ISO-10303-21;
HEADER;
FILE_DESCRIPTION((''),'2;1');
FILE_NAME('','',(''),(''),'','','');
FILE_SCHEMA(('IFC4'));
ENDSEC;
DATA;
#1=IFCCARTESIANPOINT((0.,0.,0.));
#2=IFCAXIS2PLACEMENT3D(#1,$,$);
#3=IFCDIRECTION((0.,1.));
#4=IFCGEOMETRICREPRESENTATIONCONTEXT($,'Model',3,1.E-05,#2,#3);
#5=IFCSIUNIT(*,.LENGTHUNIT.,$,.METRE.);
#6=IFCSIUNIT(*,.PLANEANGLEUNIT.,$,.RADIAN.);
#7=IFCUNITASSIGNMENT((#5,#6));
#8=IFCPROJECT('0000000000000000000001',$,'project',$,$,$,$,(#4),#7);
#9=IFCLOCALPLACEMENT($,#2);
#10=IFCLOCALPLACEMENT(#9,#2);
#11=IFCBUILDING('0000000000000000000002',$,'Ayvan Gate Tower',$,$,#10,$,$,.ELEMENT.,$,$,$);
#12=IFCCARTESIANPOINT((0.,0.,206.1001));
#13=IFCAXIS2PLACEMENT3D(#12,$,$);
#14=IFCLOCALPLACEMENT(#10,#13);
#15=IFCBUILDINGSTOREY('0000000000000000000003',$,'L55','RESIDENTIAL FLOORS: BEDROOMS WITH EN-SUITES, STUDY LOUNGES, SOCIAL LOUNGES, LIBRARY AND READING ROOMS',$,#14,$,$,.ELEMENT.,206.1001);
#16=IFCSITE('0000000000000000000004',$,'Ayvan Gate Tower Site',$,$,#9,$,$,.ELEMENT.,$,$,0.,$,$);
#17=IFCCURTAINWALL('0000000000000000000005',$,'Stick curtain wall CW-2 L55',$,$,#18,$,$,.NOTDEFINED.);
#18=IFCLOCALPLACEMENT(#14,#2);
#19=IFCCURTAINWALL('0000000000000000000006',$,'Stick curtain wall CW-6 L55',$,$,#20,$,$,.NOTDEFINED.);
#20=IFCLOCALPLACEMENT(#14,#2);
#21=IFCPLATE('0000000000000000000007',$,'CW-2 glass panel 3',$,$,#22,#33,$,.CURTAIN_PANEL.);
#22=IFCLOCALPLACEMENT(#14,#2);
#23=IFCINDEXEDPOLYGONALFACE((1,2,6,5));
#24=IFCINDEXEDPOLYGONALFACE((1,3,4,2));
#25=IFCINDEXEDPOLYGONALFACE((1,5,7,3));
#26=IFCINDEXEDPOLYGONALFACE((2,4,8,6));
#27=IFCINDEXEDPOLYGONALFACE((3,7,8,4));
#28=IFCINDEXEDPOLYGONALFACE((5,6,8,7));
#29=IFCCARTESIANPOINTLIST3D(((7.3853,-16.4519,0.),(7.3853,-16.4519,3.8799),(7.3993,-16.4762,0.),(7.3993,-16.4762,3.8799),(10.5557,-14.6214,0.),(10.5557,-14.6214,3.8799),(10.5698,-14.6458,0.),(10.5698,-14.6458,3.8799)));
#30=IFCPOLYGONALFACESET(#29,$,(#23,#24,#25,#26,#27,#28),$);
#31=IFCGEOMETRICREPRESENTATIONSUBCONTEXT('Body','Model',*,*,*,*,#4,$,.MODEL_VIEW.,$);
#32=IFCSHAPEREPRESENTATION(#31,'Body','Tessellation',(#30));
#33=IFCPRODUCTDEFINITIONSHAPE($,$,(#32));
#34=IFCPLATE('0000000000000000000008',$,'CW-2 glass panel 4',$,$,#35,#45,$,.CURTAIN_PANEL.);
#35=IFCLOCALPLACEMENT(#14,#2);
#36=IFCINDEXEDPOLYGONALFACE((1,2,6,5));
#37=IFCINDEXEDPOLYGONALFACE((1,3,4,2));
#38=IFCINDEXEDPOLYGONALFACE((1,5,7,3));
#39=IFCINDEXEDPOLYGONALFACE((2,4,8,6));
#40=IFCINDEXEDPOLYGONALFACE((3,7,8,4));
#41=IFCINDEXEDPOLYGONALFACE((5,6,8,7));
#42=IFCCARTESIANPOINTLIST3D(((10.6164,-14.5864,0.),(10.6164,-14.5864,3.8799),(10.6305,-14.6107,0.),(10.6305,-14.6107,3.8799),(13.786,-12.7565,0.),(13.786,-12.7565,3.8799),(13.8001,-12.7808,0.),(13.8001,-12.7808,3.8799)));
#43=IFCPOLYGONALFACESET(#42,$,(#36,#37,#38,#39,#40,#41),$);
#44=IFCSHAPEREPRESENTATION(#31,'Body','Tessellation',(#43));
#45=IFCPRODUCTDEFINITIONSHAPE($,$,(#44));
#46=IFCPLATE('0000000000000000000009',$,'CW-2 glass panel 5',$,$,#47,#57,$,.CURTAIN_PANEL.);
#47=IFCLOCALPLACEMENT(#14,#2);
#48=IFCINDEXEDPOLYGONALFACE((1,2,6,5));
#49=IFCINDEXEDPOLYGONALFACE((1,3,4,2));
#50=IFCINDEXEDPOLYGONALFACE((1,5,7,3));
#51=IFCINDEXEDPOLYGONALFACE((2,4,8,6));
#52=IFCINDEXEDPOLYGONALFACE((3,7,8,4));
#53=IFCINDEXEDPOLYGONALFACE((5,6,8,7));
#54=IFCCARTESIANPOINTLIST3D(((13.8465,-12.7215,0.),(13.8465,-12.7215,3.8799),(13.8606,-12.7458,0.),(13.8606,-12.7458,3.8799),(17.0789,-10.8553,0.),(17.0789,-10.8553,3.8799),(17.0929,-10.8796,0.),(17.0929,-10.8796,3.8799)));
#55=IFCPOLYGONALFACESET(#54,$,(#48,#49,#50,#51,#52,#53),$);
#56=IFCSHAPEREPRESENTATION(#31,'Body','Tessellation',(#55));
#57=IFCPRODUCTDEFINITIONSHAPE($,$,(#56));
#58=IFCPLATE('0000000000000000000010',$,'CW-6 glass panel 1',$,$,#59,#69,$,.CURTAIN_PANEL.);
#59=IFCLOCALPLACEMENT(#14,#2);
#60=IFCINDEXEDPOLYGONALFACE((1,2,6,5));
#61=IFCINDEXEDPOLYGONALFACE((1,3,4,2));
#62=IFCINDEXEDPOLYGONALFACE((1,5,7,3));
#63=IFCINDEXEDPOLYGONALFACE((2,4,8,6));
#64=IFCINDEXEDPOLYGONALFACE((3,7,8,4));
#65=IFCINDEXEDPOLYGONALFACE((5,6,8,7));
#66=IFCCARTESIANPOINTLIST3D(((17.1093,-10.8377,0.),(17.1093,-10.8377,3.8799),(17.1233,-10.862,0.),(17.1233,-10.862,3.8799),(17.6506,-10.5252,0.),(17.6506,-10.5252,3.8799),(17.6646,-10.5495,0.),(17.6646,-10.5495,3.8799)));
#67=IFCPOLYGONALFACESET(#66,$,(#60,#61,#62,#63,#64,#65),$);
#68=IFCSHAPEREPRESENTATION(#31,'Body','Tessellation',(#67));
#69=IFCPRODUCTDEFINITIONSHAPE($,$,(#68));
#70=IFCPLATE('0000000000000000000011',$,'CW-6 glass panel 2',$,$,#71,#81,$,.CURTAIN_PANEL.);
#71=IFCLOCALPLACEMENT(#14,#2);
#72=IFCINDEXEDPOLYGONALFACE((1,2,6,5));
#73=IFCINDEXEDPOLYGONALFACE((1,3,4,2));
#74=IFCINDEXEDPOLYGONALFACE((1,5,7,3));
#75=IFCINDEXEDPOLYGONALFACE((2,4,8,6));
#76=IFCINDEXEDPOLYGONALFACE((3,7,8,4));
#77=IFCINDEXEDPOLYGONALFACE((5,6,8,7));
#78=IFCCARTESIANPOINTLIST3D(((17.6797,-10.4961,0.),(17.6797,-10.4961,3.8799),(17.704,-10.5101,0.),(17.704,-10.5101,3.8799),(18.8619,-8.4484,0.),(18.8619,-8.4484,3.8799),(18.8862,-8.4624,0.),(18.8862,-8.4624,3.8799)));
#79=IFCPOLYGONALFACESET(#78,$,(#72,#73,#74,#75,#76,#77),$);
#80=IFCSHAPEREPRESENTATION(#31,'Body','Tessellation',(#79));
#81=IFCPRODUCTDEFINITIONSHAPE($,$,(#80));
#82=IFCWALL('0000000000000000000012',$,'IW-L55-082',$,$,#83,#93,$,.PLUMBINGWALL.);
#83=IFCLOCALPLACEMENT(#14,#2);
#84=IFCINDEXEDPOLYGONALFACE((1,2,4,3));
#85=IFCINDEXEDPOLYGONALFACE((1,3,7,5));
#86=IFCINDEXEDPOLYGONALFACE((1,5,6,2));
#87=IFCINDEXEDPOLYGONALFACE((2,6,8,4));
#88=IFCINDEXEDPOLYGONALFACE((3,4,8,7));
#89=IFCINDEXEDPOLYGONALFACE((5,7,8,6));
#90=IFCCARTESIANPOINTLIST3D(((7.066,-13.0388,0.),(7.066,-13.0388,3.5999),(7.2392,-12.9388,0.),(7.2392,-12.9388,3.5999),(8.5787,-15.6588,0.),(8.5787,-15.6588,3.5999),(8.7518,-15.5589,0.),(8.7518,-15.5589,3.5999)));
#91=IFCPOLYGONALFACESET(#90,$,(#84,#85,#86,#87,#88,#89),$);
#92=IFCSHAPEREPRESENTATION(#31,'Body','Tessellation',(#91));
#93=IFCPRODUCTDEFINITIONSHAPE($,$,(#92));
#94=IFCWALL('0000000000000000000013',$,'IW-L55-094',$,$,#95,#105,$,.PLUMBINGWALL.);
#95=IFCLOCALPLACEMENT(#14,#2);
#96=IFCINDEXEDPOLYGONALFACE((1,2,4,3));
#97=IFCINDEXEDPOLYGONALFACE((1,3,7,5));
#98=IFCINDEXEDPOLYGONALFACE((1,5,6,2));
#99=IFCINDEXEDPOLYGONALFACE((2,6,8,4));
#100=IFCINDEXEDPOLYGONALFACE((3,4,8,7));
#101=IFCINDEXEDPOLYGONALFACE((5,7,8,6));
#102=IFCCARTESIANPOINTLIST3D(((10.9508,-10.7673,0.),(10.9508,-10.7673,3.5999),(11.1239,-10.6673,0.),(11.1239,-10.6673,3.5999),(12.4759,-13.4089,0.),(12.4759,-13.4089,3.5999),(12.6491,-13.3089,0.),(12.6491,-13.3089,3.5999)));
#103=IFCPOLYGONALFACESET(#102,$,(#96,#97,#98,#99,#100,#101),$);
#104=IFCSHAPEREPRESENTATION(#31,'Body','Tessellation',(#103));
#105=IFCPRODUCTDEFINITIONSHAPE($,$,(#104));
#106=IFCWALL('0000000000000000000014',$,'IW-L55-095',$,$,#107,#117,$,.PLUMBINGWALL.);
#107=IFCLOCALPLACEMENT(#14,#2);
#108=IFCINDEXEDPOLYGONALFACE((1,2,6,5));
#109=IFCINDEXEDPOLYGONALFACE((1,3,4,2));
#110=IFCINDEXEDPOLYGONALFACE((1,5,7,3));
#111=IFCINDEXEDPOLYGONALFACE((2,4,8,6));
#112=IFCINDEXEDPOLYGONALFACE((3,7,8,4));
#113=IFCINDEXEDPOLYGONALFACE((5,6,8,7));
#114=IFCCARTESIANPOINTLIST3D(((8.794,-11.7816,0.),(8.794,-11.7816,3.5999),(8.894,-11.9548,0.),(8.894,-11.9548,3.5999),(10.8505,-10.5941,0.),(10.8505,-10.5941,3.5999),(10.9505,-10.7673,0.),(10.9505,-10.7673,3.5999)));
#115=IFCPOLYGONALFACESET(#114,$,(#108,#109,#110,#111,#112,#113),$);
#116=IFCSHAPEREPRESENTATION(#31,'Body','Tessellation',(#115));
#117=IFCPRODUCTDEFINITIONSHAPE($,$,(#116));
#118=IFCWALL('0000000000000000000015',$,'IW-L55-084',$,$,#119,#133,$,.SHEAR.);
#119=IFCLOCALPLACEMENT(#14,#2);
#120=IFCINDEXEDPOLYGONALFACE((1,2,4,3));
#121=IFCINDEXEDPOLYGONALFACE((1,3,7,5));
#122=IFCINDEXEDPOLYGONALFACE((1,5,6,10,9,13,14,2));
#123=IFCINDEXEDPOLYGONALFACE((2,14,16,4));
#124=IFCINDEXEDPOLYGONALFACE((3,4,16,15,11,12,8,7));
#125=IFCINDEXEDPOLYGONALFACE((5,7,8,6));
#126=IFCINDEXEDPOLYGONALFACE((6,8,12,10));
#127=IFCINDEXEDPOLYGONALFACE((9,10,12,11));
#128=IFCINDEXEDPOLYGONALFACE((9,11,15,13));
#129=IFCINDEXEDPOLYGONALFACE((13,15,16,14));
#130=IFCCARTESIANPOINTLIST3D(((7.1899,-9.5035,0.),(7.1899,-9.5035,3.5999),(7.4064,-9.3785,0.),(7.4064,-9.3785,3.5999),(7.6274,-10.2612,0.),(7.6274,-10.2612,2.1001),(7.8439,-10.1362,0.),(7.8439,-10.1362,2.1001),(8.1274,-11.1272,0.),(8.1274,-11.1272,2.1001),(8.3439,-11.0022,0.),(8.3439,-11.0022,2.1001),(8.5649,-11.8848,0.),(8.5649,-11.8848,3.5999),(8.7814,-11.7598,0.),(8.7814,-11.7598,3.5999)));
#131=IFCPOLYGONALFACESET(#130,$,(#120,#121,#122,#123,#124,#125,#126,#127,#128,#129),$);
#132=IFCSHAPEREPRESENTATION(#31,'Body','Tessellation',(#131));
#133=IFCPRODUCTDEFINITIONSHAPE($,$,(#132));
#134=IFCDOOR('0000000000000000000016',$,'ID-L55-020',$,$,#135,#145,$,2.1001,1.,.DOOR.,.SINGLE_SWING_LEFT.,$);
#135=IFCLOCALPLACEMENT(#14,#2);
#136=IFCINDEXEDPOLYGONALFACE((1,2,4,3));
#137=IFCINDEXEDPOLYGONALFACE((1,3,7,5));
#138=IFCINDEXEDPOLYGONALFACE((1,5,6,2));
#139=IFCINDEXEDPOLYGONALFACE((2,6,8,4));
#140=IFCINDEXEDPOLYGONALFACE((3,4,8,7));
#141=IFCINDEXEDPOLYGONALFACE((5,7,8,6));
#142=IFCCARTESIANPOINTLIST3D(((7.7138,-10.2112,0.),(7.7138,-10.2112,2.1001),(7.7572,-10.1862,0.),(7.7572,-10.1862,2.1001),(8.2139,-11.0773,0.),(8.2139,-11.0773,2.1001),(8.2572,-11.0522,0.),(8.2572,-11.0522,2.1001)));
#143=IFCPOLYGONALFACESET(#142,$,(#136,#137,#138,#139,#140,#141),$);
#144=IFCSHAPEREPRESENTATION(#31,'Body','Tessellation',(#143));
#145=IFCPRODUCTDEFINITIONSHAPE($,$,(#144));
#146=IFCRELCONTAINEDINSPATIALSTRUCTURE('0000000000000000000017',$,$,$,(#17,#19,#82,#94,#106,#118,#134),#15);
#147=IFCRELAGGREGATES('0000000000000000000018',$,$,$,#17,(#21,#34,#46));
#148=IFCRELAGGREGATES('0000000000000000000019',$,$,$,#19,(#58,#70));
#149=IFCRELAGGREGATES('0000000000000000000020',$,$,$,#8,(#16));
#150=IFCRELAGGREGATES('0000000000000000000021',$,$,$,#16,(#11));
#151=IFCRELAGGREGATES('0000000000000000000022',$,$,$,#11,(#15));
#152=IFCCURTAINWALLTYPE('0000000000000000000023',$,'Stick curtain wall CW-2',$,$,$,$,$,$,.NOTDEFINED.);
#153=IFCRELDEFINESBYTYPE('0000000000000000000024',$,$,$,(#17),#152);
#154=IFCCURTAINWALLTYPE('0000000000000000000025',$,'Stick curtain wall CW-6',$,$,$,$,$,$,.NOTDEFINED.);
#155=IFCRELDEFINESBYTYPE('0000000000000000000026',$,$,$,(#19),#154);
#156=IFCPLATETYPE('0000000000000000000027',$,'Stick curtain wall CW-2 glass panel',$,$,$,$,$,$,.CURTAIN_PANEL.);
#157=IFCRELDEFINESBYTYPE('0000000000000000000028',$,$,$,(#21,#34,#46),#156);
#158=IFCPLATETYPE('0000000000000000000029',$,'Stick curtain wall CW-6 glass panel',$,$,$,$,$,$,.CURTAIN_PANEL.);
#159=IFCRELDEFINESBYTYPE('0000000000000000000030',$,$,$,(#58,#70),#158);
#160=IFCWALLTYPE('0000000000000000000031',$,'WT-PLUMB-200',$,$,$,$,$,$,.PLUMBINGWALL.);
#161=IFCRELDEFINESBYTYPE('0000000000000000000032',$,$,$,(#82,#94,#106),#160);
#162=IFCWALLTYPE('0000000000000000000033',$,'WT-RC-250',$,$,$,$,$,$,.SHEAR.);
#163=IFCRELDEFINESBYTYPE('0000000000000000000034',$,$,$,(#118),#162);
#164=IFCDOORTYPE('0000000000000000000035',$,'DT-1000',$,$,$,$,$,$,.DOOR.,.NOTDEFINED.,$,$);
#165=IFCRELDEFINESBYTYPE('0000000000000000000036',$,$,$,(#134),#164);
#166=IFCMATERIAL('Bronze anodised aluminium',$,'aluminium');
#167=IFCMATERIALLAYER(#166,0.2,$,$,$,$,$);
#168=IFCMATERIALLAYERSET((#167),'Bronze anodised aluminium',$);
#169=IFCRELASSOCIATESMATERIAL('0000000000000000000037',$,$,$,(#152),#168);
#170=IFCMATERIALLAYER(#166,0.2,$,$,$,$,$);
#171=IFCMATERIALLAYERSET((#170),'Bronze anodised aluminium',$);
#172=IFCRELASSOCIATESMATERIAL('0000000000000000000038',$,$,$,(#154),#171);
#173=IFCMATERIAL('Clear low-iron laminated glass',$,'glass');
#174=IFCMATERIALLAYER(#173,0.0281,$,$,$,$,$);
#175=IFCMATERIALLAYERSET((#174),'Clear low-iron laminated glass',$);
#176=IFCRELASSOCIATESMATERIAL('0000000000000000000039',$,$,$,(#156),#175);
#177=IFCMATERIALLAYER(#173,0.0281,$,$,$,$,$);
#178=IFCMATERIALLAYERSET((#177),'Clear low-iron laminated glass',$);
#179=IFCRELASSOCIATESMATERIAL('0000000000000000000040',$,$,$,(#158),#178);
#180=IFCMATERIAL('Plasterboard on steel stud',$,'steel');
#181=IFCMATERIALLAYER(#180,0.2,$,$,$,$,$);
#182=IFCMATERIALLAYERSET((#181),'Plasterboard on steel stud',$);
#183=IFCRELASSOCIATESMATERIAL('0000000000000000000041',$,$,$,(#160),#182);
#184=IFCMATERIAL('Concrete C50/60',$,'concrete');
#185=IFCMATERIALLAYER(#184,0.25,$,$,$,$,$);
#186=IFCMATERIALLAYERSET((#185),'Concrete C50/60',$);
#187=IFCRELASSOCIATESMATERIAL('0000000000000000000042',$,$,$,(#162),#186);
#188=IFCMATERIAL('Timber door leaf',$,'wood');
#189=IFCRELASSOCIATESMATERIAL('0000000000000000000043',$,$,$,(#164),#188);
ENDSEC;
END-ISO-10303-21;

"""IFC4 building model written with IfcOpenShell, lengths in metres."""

from ifc_helpers import new_model, si_unit, direction, frame, frame_2d, origin, origin_2d, place, context, subcontext, project, spatial, rectangle, extrude, material, layer, layer_set, type_object, element, fill, aggregate, save


model = new_model("IFC4")

# Units and contexts
model_context = context("Model", 3, precision=1e-05, world=origin(), true_north=direction((0.0, 1.0)))
body_context = subcontext(model_context, "Body", "Model", "MODEL_VIEW")
ifc_project = project(units=[si_unit("LENGTHUNIT", "METRE"), si_unit("PLANEANGLEUNIT", "RADIAN")], contexts=[model_context])

# Site, building, storey
site_placement = place(None, origin())
site = spatial("IfcSite", under=ifc_project, at=site_placement, Name="Ayvan Gate Tower Site", CompositionType="ELEMENT", RefElevation=0.0)
building_placement = place(site_placement, origin())
building = spatial("IfcBuilding", under=site, at=building_placement, Name="Ayvan Gate Tower", CompositionType="ELEMENT")
storey_placement = place(building_placement, frame((0.0, 0.0, 206.1001)))
storey = spatial("IfcBuildingStorey", under=building, at=storey_placement, Name="L55", Description="RESIDENTIAL FLOORS: BEDROOMS WITH EN-SUITES, STUDY LOUNGES, SOCIAL LOUNGES, LIBRARY AND READING ROOMS", CompositionType="ELEMENT", Elevation=206.1001)

# Curtain walls
ifc_material_1 = material(Name="Bronze anodised aluminium", Category="aluminium")
ifc_layer_1 = layer(ifc_material_1, 0.2)
ifc_layer_set_1 = layer_set([ifc_layer_1], Name="Bronze anodised aluminium")
curtain_wall_type_1 = type_object("IfcCurtainWallType", Name="Stick curtain wall CW-2", PredefinedType="NOTDEFINED", material=ifc_layer_set_1)
curtain_wall_1_placement = place(storey_placement, origin())
curtain_wall_1 = element("IfcCurtainWall", 1, at=curtain_wall_1_placement, inside=storey, type_object=curtain_wall_type_1, Name="Stick curtain wall CW-2 L55", PredefinedType="NOTDEFINED")
ifc_layer_2 = layer(ifc_material_1, 0.2)
ifc_layer_set_2 = layer_set([ifc_layer_2], Name="Bronze anodised aluminium")
curtain_wall_type_2 = type_object("IfcCurtainWallType", Name="Stick curtain wall CW-6", PredefinedType="NOTDEFINED", material=ifc_layer_set_2)
curtain_wall_2_placement = place(storey_placement, origin())
curtain_wall_2 = element("IfcCurtainWall", 2, at=curtain_wall_2_placement, inside=storey, type_object=curtain_wall_type_2, Name="Stick curtain wall CW-6 L55", PredefinedType="NOTDEFINED")

# Plates
ifc_material_2 = material(Name="Clear low-iron laminated glass", Category="glass")
ifc_layer_3 = layer(ifc_material_2, 0.0281)
ifc_layer_set_3 = layer_set([ifc_layer_3], Name="Clear low-iron laminated glass")
plate_type_1 = type_object("IfcPlateType", Name="Stick curtain wall CW-2 glass panel", PredefinedType="CURTAIN_PANEL", material=ifc_layer_set_3)
plate_1_placement = place(storey_placement, frame((8.9775, -15.5488, 0.0), z_axis=(0.0, 0.0, 1.0), x_axis=(0.866025, 0.5, 0.0)))
plate_1 = element("IfcPlate", 3, at=plate_1_placement, type_object=plate_type_1, Name="CW-2 glass panel 3", PredefinedType="CURTAIN_PANEL", context=body_context, shape_type="SweptSolid", body=[
    extrude(rectangle(XDim=3.6609, YDim=0.0281, at=origin_2d()), origin(), (0.0, 0.0, 1.0), 3.8799),
])
plate_2_placement = place(storey_placement, frame((12.2083, -13.6836, 0.0), z_axis=(0.0, 0.0, 1.0), x_axis=(0.866025, 0.5, 0.0)))
plate_2 = element("IfcPlate", 4, at=plate_2_placement, type_object=plate_type_1, Name="CW-2 glass panel 4", PredefinedType="CURTAIN_PANEL", context=body_context, shape_type="SweptSolid", body=[
    extrude(rectangle(XDim=3.6599, YDim=0.0281, at=origin_2d()), origin(), (0.0, 0.0, 1.0), 3.8799),
])
plate_3_placement = place(storey_placement, frame((15.4697, -11.8005, 0.0), z_axis=(0.0, 0.0, 1.0), x_axis=(0.866025, 0.5, 0.0)))
plate_3 = element("IfcPlate", 5, at=plate_3_placement, type_object=plate_type_1, Name="CW-2 glass panel 5", PredefinedType="CURTAIN_PANEL", context=body_context, shape_type="SweptSolid", body=[
    extrude(rectangle(XDim=3.7324, YDim=0.0281, at=origin_2d()), origin(), (0.0, 0.0, 1.0), 3.8799),
])
aggregate(curtain_wall_1, [plate_1, plate_2, plate_3])
ifc_layer_4 = layer(ifc_material_2, 0.0281)
ifc_layer_set_4 = layer_set([ifc_layer_4], Name="Clear low-iron laminated glass")
plate_type_2 = type_object("IfcPlateType", Name="Stick curtain wall CW-6 glass panel", PredefinedType="CURTAIN_PANEL", material=ifc_layer_set_4)
plate_4_placement = place(storey_placement, frame((17.387, -10.6936, 0.0), z_axis=(0.0, 0.0, 1.0), x_axis=(0.866025, 0.5, 0.0)))
plate_4 = element("IfcPlate", 6, at=plate_4_placement, type_object=plate_type_2, Name="CW-6 glass panel 1", PredefinedType="CURTAIN_PANEL", context=body_context, shape_type="SweptSolid", body=[
    extrude(rectangle(XDim=0.625, YDim=0.0281, at=origin_2d()), origin(), (0.0, 0.0, 1.0), 3.8799),
])
plate_5_placement = place(storey_placement, frame((18.283, -9.4792, 0.0), z_axis=(0.0, 0.0, 1.0), x_axis=(0.5, 0.866025, 0.0)))
plate_5 = element("IfcPlate", 7, at=plate_5_placement, type_object=plate_type_2, Name="CW-6 glass panel 2", PredefinedType="CURTAIN_PANEL", context=body_context, shape_type="SweptSolid", body=[
    extrude(rectangle(XDim=2.3645, YDim=0.0281, at=origin_2d()), origin(), (0.0, 0.0, 1.0), 3.8799),
])
aggregate(curtain_wall_2, [plate_4, plate_5])

# Walls
ifc_material_3 = material(Name="Plasterboard on steel stud", Category="steel")
ifc_layer_5 = layer(ifc_material_3, 0.2)
ifc_layer_set_5 = layer_set([ifc_layer_5], Name="Plasterboard on steel stud")
wall_type_1 = type_object("IfcWallType", Name="WT-PLUMB-200", PredefinedType="PLUMBINGWALL", material=ifc_layer_set_5)
wall_1_placement = place(storey_placement, frame((7.1526, -12.9888, 0.0), z_axis=(0.0, 0.0, 1.0), x_axis=(0.499993, -0.86603, 0.0)))
element("IfcWall", 8, at=wall_1_placement, inside=storey, type_object=wall_type_1, Name="IW-L55-082", PredefinedType="PLUMBINGWALL", context=body_context, shape_type="SweptSolid", body=[
    extrude(rectangle(XDim=3.0254, YDim=0.2, at=frame_2d((1.5127, 0.0))), origin(), (0.0, 0.0, 1.0), 3.5999),
])
wall_2_placement = place(storey_placement, frame((11.0374, -10.7173, 0.0), z_axis=(0.0, 0.0, 1.0), x_axis=(0.500004, -0.866023, 0.0)))
element("IfcWall", 9, at=wall_2_placement, inside=storey, type_object=wall_type_1, Name="IW-L55-094", PredefinedType="PLUMBINGWALL", context=body_context, shape_type="SweptSolid", body=[
    extrude(rectangle(XDim=3.0503, YDim=0.2, at=frame_2d((1.5251, 0.0))), origin(), (0.0, 0.0, 1.0), 3.5999),
])
wall_3_placement = place(storey_placement, frame((10.9006, -10.6807, 0.0), z_axis=(0.0, 0.0, 1.0), x_axis=(-0.866008, -0.500031, 0.0)))
element("IfcWall", 10, at=wall_3_placement, inside=storey, type_object=wall_type_1, Name="IW-L55-095", PredefinedType="PLUMBINGWALL", context=body_context, shape_type="SweptSolid", body=[
    extrude(rectangle(XDim=2.3748, YDim=0.2, at=frame_2d((1.1875, 0.0))), origin(), (0.0, 0.0, 1.0), 3.5999),
])

# Wall, opening, door
ifc_material_4 = material(Name="Concrete C50/60", Category="concrete")
ifc_layer_6 = layer(ifc_material_4, 0.25)
ifc_layer_set_6 = layer_set([ifc_layer_6], Name="Concrete C50/60")
wall_type_2 = type_object("IfcWallType", Name="WT-RC-250", PredefinedType="SHEAR", material=ifc_layer_set_6)
wall_4_placement = place(storey_placement, frame((7.2981, -9.4409, 0.0), z_axis=(0.0, 0.0, 1.0), x_axis=(0.500035, -0.866005, 0.0)))
wall_4 = element("IfcWall", 11, at=wall_4_placement, inside=storey, type_object=wall_type_2, Name="IW-L55-084", PredefinedType="SHEAR", context=body_context, shape_type="SweptSolid", body=[
    extrude(rectangle(XDim=2.7498, YDim=0.25, at=frame_2d((1.375, 0.0))), origin(), (0.0, 0.0, 1.0), 3.5999),
])
opening_placement = place(wall_4_placement, frame((0.875, 0.0, 0.0)))
opening = element("IfcOpeningElement", 12, at=opening_placement, cuts=wall_4, PredefinedType="OPENING", context=body_context, shape_type="SweptSolid", body=[
    extrude(rectangle(XDim=1.0, YDim=2.1001, at=frame_2d((0.5, 1.05))), frame((0.0, 0.135, 0.0), z_axis=(0.0, -1.0, 0.0), x_axis=(1.0, 0.0, 0.0)), (0.0, 0.0, 1.0), 0.27),
])
ifc_material_5 = material(Name="Timber door leaf", Category="wood")
door_type = type_object("IfcDoorType", Name="DT-1000", OperationType="NOTDEFINED", PredefinedType="DOOR", material=ifc_material_5)
door_placement = place(opening_placement, origin())
door = element("IfcDoor", 13, at=door_placement, inside=storey, type_object=door_type, Name="ID-L55-020", OperationType="SINGLE_SWING_LEFT", OverallHeight=2.1001, OverallWidth=1.0, PredefinedType="DOOR", context=body_context, shape_type="SweptSolid", body=[
    extrude(rectangle(XDim=1.0, YDim=2.1001, at=frame_2d((0.5, 1.05))), frame((0.0, 0.0249, 0.0), z_axis=(0.0, -1.0, 0.0), x_axis=(1.0, 0.0, 0.0)), (0.0, 0.0, 1.0), 0.05),
])
fill(opening, door)

save(model, "model.ifc")
